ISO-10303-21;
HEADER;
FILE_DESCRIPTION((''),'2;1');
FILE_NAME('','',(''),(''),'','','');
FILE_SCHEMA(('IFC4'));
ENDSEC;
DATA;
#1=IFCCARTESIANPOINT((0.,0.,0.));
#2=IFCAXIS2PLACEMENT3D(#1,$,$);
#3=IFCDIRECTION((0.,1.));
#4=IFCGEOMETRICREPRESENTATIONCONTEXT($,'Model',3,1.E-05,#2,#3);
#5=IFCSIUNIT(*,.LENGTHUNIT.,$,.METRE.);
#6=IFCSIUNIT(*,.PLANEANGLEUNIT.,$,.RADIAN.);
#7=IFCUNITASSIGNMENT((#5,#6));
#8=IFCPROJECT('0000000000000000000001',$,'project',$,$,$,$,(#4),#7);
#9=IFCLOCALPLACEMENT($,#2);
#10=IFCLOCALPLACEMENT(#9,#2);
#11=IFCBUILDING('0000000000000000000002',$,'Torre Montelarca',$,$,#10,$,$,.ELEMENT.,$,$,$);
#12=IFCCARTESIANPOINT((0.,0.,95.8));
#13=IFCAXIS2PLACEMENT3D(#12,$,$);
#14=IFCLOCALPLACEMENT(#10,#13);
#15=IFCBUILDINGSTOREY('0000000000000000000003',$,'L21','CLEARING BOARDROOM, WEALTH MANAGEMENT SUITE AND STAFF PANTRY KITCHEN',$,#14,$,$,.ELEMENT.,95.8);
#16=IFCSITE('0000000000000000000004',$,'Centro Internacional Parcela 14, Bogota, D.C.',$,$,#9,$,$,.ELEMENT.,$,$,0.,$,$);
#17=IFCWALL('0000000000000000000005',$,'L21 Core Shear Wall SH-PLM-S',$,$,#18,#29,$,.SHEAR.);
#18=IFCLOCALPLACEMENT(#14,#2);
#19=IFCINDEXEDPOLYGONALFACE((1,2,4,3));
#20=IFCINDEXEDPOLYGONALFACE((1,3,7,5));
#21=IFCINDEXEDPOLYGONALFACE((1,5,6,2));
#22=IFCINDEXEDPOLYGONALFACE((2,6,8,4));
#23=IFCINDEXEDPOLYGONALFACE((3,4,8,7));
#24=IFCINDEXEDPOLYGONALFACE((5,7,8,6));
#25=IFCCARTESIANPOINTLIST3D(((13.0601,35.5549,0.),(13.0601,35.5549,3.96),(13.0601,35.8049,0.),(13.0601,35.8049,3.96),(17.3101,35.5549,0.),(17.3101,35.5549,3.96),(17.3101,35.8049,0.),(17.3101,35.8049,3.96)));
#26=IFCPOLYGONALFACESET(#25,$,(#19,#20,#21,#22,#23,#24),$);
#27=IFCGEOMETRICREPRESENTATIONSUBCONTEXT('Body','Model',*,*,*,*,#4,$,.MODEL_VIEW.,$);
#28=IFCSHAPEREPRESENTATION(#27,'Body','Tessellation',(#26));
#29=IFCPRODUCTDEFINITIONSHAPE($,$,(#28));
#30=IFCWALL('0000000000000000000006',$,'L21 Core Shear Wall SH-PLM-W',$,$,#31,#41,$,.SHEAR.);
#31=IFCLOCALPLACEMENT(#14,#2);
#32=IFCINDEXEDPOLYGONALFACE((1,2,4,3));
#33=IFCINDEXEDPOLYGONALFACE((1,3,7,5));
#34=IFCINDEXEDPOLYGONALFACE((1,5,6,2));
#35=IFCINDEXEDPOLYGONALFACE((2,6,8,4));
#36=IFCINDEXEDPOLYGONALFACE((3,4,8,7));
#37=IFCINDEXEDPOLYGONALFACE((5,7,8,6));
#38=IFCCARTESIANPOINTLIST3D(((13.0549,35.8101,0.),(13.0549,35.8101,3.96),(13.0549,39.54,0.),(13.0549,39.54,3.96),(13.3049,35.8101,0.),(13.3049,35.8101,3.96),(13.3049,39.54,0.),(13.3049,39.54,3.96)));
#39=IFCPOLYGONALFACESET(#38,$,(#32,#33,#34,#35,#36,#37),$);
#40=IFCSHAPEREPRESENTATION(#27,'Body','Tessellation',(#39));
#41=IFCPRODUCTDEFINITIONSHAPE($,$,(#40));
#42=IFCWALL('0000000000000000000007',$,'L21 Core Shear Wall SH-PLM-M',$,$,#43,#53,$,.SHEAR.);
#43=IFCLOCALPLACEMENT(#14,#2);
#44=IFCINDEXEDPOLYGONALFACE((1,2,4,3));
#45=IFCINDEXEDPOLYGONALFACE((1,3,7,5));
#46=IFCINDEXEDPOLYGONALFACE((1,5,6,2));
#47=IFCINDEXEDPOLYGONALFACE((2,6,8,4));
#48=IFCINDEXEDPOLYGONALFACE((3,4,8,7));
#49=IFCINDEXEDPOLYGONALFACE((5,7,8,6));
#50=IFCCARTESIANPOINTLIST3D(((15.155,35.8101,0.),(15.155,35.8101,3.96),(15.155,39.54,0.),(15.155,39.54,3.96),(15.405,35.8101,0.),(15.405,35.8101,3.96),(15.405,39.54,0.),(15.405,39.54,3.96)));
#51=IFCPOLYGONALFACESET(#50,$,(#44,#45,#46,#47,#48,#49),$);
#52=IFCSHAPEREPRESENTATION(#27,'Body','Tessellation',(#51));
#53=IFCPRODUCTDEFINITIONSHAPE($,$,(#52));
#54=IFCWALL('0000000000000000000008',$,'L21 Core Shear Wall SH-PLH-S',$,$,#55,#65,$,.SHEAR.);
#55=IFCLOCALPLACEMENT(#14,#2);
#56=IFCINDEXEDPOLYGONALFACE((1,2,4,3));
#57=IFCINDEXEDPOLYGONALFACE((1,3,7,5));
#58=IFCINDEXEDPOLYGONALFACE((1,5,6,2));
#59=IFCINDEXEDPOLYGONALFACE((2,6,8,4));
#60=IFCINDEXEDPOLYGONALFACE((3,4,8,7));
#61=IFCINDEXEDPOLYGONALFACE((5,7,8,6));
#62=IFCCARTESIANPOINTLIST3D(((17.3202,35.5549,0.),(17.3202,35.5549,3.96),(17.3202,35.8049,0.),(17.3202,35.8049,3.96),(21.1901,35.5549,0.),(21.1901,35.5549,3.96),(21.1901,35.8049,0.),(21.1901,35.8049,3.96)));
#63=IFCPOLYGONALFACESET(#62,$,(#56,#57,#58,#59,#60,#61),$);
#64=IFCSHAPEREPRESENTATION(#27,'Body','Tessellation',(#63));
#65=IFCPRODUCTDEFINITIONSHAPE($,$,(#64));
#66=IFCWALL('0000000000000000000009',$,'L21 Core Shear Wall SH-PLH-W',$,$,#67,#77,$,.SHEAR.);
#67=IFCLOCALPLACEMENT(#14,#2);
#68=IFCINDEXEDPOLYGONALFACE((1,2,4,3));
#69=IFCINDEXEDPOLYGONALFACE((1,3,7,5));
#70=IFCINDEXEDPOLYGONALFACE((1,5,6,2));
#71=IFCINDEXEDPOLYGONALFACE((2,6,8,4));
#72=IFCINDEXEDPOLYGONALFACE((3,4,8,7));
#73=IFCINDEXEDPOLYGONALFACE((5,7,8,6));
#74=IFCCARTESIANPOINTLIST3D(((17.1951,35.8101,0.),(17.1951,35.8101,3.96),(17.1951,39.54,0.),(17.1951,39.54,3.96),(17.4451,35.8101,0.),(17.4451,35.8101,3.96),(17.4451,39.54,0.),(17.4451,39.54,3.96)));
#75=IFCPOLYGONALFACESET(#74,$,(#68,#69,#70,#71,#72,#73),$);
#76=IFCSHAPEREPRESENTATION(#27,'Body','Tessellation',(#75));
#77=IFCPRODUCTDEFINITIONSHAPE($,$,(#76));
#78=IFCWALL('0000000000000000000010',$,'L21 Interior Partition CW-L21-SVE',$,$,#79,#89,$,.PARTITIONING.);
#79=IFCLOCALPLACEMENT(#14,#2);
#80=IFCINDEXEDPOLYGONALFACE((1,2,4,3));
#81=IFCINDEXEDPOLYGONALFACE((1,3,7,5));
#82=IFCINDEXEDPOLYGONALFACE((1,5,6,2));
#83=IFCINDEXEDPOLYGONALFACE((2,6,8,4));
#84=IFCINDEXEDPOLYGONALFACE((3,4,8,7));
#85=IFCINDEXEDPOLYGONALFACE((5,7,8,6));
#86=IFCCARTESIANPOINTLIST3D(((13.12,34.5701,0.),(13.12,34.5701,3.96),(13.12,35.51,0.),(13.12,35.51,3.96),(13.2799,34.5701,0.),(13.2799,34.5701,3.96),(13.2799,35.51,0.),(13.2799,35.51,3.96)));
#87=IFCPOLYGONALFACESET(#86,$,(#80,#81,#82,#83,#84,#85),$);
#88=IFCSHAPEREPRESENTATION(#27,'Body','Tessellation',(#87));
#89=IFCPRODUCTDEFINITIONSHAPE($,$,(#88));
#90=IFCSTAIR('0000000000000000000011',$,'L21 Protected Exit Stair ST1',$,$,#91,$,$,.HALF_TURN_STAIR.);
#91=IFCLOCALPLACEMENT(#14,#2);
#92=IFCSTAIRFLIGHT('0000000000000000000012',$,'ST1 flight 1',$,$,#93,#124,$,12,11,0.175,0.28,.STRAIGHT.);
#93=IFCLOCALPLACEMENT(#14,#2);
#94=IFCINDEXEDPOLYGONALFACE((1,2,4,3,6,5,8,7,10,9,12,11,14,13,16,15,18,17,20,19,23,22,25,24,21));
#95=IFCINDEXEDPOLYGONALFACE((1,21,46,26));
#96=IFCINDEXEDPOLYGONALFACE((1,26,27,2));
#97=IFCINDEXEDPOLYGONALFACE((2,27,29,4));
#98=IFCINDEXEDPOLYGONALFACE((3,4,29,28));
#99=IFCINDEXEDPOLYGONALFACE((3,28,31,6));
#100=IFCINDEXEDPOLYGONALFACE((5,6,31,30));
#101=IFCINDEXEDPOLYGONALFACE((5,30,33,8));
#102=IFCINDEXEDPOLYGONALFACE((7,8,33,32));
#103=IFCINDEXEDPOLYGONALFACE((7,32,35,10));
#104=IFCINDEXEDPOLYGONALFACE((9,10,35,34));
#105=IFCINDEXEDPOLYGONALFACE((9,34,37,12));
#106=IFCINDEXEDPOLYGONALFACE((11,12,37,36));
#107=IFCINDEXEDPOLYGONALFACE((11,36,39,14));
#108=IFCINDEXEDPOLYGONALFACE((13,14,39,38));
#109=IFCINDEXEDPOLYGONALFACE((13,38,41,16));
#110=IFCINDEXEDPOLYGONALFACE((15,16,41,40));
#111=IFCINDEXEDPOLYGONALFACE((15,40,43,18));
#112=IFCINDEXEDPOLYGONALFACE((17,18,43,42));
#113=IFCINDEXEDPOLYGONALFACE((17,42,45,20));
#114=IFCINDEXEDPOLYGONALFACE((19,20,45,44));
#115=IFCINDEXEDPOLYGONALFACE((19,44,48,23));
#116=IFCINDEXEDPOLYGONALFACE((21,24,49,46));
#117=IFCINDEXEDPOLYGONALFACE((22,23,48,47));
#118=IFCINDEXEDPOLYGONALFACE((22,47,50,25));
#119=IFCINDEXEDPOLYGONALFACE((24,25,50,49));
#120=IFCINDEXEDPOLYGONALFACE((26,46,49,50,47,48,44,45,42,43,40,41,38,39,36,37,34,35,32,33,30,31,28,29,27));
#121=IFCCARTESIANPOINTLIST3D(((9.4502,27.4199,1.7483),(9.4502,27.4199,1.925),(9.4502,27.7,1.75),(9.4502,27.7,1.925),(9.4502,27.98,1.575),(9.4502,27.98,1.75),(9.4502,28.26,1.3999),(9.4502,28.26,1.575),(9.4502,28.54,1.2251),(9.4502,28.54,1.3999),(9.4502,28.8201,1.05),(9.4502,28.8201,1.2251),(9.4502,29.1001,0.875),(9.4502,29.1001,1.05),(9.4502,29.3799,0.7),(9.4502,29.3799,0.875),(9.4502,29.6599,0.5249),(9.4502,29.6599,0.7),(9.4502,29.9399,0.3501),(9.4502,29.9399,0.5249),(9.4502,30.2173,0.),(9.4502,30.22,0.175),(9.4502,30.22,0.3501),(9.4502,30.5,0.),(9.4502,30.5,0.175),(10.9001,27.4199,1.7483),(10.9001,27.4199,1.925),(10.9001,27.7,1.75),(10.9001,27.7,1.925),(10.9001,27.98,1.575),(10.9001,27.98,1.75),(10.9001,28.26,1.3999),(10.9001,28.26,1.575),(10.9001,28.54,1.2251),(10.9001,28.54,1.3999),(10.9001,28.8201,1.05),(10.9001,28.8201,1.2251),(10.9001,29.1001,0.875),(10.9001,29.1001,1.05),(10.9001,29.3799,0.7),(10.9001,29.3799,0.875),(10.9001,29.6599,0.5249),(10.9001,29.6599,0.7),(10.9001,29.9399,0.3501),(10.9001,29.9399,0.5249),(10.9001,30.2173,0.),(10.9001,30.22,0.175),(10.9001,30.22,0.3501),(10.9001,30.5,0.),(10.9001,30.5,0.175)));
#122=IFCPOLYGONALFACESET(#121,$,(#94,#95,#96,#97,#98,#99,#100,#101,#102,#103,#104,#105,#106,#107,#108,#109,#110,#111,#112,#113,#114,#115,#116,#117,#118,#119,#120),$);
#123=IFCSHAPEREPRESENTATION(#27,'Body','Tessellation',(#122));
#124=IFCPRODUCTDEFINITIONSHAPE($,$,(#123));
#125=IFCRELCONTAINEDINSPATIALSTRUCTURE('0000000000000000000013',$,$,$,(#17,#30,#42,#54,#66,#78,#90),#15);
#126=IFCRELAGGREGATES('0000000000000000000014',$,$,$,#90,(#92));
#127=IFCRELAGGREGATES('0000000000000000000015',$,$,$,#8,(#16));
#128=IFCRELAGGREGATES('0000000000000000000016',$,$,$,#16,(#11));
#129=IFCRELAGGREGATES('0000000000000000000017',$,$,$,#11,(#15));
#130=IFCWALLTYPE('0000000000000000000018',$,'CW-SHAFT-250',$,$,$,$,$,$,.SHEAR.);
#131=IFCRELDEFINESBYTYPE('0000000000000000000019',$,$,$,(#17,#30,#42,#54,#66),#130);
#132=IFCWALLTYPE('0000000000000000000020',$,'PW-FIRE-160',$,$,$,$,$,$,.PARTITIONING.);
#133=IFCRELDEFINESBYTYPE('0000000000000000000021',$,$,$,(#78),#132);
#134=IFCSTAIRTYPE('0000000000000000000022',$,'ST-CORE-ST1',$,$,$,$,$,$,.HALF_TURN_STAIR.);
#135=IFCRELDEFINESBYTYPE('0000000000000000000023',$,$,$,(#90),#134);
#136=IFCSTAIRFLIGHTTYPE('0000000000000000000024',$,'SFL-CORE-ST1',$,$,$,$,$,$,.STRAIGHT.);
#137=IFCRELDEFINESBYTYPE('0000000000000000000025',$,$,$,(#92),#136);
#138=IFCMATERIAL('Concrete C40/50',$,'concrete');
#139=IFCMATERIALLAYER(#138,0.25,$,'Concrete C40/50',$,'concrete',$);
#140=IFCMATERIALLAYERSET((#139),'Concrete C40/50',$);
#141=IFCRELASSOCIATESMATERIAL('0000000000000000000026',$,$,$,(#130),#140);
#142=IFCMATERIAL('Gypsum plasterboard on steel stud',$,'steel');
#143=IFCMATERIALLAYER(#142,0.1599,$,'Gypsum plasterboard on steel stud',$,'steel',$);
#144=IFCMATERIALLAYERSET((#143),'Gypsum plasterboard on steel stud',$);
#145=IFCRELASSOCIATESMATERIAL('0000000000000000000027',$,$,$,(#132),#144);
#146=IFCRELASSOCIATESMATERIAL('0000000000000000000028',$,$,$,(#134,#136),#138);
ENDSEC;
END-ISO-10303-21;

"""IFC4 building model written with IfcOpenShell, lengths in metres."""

from ifc_helpers import new_model, si_unit, direction, frame, frame_2d, origin, place, context, subcontext, project, spatial, polyline, rectangle, outline, extrude, material, layer, layer_set, type_object, element, aggregate, save


model = new_model("IFC4")

# Units and contexts
model_context = context("Model", 3, precision=1e-05, world=origin(), true_north=direction((0.0, 1.0)))
body_context = subcontext(model_context, "Body", "Model", "MODEL_VIEW")
ifc_project = project(units=[si_unit("LENGTHUNIT", "METRE"), si_unit("PLANEANGLEUNIT", "RADIAN")], contexts=[model_context])

# Site, building, storey
site_placement = place(None, origin())
site = spatial("IfcSite", under=ifc_project, at=site_placement, Name="Centro Internacional Parcela 14, Bogota, D.C.", CompositionType="ELEMENT", RefElevation=0.0)
building_placement = place(site_placement, origin())
building = spatial("IfcBuilding", under=site, at=building_placement, Name="Torre Montelarca", CompositionType="ELEMENT")
storey_placement = place(building_placement, frame((0.0, 0.0, 95.8)))
storey = spatial("IfcBuildingStorey", under=building, at=storey_placement, Name="L21", Description="CLEARING BOARDROOM, WEALTH MANAGEMENT SUITE AND STAFF PANTRY KITCHEN", CompositionType="ELEMENT", Elevation=95.8)

# Shared definitions
ifc_material_1 = material(Name="Concrete C40/50", Category="concrete")
ifc_layer_1 = layer(ifc_material_1, 0.25, Name="Concrete C40/50", Category="concrete")
ifc_layer_set_1 = layer_set([ifc_layer_1], Name="Concrete C40/50")
wall_type_1 = type_object("IfcWallType", Name="CW-SHAFT-250", PredefinedType="SHEAR", material=ifc_layer_set_1)

# Walls
wall_1_placement = place(storey_placement, frame((13.0601, 35.6799, 0.0), z_axis=(0.0, 0.0, 1.0), x_axis=(1.0, 0.0, 0.0)))
element("IfcWall", 1, at=wall_1_placement, inside=storey, type_object=wall_type_1, Name="L21 Core Shear Wall SH-PLM-S", PredefinedType="SHEAR", context=body_context, shape_type="SweptSolid", body=[
    extrude(rectangle(XDim=4.25, YDim=0.25, at=frame_2d((2.125, 0.0))), origin(), (0.0, 0.0, 1.0), 3.96),
])
for number, where, z_axis, x_axis, name in (
    (2, (13.1799, 35.8101, 0.0), (0.0, 0.0, 1.0), (0.0, 1.0, 0.0), "L21 Core Shear Wall SH-PLM-W"),
    (3, (15.28, 35.8101, 0.0), (0.0, 0.0, 1.0), (0.0, 1.0, 0.0), "L21 Core Shear Wall SH-PLM-M"),
):
    element("IfcWall", number, at=place(storey_placement, frame(where, z_axis=z_axis, x_axis=x_axis)), inside=storey, type_object=wall_type_1, Name=name, PredefinedType="SHEAR", context=body_context, shape_type="SweptSolid", body=[
        extrude(rectangle(XDim=3.73, YDim=0.25, at=frame_2d((1.865, 0.0))), origin(), (0.0, 0.0, 1.0), 3.96),
    ])
wall_2_placement = place(storey_placement, frame((17.3201, 35.6799, 0.0), z_axis=(0.0, 0.0, 1.0), x_axis=(1.0, 0.0, 0.0)))
element("IfcWall", 4, at=wall_2_placement, inside=storey, type_object=wall_type_1, Name="L21 Core Shear Wall SH-PLH-S", PredefinedType="SHEAR", context=body_context, shape_type="SweptSolid", body=[
    extrude(rectangle(XDim=3.8699, YDim=0.25, at=frame_2d((1.9351, 0.0))), origin(), (0.0, 0.0, 1.0), 3.96),
])
wall_3_placement = place(storey_placement, frame((17.3201, 35.8101, 0.0), z_axis=(0.0, 0.0, 1.0), x_axis=(0.0, 1.0, 0.0)))
element("IfcWall", 5, at=wall_3_placement, inside=storey, type_object=wall_type_1, Name="L21 Core Shear Wall SH-PLH-W", PredefinedType="SHEAR", context=body_context, shape_type="SweptSolid", body=[
    extrude(rectangle(XDim=3.73, YDim=0.25, at=frame_2d((1.865, 0.0))), origin(), (0.0, 0.0, 1.0), 3.96),
])

# Shared definitions
ifc_material_2 = material(Name="Gypsum plasterboard on steel stud", Category="steel")
ifc_layer_2 = layer(ifc_material_2, 0.1599, Name="Gypsum plasterboard on steel stud", Category="steel")
ifc_layer_set_2 = layer_set([ifc_layer_2], Name="Gypsum plasterboard on steel stud")
wall_type_2 = type_object("IfcWallType", Name="PW-FIRE-160", PredefinedType="PARTITIONING", material=ifc_layer_set_2)

# Wall
wall_4_placement = place(storey_placement, frame((13.2, 34.5701, 0.0), z_axis=(0.0, 0.0, 1.0), x_axis=(0.0, 1.0, 0.0)))
element("IfcWall", 6, at=wall_4_placement, inside=storey, type_object=wall_type_2, Name="L21 Interior Partition CW-L21-SVE", PredefinedType="PARTITIONING", context=body_context, shape_type="SweptSolid", body=[
    extrude(rectangle(XDim=0.9399, YDim=0.1599, at=frame_2d((0.47, 0.0))), origin(), (0.0, 0.0, 1.0), 3.96),
])

# Stair, stair flight
stair_type = type_object("IfcStairType", Name="ST-CORE-ST1", PredefinedType="HALF_TURN_STAIR", material=ifc_material_1)
stair_placement = place(storey_placement, origin())
stair = element("IfcStair", 7, at=stair_placement, inside=storey, type_object=stair_type, Name="L21 Protected Exit Stair ST1", PredefinedType="HALF_TURN_STAIR")
stair_flight_type = type_object("IfcStairFlightType", Name="SFL-CORE-ST1", PredefinedType="STRAIGHT", material=ifc_material_1)
stair_flight_placement = place(storey_placement, frame((10.175, 30.5, 0.0), z_axis=(0.0, 0.0, 1.0), x_axis=(0.0, -1.0, 0.0)))
stair_flight = element("IfcStairFlight", 8, at=stair_flight_placement, type_object=stair_flight_type, Name="ST1 flight 1", NumberOfRisers=12, NumberOfTreads=11, PredefinedType="STRAIGHT", RiserHeight=0.175, TreadLength=0.28, context=body_context, shape_type="SweptSolid", body=[
    extrude(outline(polyline([(0.0, 0.0), (0.0, 0.175), (0.28, 0.175), (0.28, 0.3501), (0.5601, 0.3501), (0.5601, 0.5249), (0.8401, 0.5249), (0.8401, 0.7), (1.1201, 0.7), (1.1201, 0.875), (1.3999, 0.875), (1.3999, 1.05), (1.6799, 1.05), (1.6799, 1.2251), (1.96, 1.2251), (1.96, 1.3999), (2.24, 1.3999), (2.24, 1.575), (2.52, 1.575), (2.52, 1.75), (2.8, 1.75), (2.8, 1.925), (3.0801, 1.925), (3.0801, 2.1001), (3.0801, 1.7483), (0.2827, 0.0), (0.0, 0.0)])), frame((0.0, 0.7251, 0.0), z_axis=(0.0, -1.0, 0.0), x_axis=(1.0, 0.0, 0.0)), (0.0, 0.0, 1.0), 1.45),
])
aggregate(stair, [stair_flight])

save(model, "model.ifc")
